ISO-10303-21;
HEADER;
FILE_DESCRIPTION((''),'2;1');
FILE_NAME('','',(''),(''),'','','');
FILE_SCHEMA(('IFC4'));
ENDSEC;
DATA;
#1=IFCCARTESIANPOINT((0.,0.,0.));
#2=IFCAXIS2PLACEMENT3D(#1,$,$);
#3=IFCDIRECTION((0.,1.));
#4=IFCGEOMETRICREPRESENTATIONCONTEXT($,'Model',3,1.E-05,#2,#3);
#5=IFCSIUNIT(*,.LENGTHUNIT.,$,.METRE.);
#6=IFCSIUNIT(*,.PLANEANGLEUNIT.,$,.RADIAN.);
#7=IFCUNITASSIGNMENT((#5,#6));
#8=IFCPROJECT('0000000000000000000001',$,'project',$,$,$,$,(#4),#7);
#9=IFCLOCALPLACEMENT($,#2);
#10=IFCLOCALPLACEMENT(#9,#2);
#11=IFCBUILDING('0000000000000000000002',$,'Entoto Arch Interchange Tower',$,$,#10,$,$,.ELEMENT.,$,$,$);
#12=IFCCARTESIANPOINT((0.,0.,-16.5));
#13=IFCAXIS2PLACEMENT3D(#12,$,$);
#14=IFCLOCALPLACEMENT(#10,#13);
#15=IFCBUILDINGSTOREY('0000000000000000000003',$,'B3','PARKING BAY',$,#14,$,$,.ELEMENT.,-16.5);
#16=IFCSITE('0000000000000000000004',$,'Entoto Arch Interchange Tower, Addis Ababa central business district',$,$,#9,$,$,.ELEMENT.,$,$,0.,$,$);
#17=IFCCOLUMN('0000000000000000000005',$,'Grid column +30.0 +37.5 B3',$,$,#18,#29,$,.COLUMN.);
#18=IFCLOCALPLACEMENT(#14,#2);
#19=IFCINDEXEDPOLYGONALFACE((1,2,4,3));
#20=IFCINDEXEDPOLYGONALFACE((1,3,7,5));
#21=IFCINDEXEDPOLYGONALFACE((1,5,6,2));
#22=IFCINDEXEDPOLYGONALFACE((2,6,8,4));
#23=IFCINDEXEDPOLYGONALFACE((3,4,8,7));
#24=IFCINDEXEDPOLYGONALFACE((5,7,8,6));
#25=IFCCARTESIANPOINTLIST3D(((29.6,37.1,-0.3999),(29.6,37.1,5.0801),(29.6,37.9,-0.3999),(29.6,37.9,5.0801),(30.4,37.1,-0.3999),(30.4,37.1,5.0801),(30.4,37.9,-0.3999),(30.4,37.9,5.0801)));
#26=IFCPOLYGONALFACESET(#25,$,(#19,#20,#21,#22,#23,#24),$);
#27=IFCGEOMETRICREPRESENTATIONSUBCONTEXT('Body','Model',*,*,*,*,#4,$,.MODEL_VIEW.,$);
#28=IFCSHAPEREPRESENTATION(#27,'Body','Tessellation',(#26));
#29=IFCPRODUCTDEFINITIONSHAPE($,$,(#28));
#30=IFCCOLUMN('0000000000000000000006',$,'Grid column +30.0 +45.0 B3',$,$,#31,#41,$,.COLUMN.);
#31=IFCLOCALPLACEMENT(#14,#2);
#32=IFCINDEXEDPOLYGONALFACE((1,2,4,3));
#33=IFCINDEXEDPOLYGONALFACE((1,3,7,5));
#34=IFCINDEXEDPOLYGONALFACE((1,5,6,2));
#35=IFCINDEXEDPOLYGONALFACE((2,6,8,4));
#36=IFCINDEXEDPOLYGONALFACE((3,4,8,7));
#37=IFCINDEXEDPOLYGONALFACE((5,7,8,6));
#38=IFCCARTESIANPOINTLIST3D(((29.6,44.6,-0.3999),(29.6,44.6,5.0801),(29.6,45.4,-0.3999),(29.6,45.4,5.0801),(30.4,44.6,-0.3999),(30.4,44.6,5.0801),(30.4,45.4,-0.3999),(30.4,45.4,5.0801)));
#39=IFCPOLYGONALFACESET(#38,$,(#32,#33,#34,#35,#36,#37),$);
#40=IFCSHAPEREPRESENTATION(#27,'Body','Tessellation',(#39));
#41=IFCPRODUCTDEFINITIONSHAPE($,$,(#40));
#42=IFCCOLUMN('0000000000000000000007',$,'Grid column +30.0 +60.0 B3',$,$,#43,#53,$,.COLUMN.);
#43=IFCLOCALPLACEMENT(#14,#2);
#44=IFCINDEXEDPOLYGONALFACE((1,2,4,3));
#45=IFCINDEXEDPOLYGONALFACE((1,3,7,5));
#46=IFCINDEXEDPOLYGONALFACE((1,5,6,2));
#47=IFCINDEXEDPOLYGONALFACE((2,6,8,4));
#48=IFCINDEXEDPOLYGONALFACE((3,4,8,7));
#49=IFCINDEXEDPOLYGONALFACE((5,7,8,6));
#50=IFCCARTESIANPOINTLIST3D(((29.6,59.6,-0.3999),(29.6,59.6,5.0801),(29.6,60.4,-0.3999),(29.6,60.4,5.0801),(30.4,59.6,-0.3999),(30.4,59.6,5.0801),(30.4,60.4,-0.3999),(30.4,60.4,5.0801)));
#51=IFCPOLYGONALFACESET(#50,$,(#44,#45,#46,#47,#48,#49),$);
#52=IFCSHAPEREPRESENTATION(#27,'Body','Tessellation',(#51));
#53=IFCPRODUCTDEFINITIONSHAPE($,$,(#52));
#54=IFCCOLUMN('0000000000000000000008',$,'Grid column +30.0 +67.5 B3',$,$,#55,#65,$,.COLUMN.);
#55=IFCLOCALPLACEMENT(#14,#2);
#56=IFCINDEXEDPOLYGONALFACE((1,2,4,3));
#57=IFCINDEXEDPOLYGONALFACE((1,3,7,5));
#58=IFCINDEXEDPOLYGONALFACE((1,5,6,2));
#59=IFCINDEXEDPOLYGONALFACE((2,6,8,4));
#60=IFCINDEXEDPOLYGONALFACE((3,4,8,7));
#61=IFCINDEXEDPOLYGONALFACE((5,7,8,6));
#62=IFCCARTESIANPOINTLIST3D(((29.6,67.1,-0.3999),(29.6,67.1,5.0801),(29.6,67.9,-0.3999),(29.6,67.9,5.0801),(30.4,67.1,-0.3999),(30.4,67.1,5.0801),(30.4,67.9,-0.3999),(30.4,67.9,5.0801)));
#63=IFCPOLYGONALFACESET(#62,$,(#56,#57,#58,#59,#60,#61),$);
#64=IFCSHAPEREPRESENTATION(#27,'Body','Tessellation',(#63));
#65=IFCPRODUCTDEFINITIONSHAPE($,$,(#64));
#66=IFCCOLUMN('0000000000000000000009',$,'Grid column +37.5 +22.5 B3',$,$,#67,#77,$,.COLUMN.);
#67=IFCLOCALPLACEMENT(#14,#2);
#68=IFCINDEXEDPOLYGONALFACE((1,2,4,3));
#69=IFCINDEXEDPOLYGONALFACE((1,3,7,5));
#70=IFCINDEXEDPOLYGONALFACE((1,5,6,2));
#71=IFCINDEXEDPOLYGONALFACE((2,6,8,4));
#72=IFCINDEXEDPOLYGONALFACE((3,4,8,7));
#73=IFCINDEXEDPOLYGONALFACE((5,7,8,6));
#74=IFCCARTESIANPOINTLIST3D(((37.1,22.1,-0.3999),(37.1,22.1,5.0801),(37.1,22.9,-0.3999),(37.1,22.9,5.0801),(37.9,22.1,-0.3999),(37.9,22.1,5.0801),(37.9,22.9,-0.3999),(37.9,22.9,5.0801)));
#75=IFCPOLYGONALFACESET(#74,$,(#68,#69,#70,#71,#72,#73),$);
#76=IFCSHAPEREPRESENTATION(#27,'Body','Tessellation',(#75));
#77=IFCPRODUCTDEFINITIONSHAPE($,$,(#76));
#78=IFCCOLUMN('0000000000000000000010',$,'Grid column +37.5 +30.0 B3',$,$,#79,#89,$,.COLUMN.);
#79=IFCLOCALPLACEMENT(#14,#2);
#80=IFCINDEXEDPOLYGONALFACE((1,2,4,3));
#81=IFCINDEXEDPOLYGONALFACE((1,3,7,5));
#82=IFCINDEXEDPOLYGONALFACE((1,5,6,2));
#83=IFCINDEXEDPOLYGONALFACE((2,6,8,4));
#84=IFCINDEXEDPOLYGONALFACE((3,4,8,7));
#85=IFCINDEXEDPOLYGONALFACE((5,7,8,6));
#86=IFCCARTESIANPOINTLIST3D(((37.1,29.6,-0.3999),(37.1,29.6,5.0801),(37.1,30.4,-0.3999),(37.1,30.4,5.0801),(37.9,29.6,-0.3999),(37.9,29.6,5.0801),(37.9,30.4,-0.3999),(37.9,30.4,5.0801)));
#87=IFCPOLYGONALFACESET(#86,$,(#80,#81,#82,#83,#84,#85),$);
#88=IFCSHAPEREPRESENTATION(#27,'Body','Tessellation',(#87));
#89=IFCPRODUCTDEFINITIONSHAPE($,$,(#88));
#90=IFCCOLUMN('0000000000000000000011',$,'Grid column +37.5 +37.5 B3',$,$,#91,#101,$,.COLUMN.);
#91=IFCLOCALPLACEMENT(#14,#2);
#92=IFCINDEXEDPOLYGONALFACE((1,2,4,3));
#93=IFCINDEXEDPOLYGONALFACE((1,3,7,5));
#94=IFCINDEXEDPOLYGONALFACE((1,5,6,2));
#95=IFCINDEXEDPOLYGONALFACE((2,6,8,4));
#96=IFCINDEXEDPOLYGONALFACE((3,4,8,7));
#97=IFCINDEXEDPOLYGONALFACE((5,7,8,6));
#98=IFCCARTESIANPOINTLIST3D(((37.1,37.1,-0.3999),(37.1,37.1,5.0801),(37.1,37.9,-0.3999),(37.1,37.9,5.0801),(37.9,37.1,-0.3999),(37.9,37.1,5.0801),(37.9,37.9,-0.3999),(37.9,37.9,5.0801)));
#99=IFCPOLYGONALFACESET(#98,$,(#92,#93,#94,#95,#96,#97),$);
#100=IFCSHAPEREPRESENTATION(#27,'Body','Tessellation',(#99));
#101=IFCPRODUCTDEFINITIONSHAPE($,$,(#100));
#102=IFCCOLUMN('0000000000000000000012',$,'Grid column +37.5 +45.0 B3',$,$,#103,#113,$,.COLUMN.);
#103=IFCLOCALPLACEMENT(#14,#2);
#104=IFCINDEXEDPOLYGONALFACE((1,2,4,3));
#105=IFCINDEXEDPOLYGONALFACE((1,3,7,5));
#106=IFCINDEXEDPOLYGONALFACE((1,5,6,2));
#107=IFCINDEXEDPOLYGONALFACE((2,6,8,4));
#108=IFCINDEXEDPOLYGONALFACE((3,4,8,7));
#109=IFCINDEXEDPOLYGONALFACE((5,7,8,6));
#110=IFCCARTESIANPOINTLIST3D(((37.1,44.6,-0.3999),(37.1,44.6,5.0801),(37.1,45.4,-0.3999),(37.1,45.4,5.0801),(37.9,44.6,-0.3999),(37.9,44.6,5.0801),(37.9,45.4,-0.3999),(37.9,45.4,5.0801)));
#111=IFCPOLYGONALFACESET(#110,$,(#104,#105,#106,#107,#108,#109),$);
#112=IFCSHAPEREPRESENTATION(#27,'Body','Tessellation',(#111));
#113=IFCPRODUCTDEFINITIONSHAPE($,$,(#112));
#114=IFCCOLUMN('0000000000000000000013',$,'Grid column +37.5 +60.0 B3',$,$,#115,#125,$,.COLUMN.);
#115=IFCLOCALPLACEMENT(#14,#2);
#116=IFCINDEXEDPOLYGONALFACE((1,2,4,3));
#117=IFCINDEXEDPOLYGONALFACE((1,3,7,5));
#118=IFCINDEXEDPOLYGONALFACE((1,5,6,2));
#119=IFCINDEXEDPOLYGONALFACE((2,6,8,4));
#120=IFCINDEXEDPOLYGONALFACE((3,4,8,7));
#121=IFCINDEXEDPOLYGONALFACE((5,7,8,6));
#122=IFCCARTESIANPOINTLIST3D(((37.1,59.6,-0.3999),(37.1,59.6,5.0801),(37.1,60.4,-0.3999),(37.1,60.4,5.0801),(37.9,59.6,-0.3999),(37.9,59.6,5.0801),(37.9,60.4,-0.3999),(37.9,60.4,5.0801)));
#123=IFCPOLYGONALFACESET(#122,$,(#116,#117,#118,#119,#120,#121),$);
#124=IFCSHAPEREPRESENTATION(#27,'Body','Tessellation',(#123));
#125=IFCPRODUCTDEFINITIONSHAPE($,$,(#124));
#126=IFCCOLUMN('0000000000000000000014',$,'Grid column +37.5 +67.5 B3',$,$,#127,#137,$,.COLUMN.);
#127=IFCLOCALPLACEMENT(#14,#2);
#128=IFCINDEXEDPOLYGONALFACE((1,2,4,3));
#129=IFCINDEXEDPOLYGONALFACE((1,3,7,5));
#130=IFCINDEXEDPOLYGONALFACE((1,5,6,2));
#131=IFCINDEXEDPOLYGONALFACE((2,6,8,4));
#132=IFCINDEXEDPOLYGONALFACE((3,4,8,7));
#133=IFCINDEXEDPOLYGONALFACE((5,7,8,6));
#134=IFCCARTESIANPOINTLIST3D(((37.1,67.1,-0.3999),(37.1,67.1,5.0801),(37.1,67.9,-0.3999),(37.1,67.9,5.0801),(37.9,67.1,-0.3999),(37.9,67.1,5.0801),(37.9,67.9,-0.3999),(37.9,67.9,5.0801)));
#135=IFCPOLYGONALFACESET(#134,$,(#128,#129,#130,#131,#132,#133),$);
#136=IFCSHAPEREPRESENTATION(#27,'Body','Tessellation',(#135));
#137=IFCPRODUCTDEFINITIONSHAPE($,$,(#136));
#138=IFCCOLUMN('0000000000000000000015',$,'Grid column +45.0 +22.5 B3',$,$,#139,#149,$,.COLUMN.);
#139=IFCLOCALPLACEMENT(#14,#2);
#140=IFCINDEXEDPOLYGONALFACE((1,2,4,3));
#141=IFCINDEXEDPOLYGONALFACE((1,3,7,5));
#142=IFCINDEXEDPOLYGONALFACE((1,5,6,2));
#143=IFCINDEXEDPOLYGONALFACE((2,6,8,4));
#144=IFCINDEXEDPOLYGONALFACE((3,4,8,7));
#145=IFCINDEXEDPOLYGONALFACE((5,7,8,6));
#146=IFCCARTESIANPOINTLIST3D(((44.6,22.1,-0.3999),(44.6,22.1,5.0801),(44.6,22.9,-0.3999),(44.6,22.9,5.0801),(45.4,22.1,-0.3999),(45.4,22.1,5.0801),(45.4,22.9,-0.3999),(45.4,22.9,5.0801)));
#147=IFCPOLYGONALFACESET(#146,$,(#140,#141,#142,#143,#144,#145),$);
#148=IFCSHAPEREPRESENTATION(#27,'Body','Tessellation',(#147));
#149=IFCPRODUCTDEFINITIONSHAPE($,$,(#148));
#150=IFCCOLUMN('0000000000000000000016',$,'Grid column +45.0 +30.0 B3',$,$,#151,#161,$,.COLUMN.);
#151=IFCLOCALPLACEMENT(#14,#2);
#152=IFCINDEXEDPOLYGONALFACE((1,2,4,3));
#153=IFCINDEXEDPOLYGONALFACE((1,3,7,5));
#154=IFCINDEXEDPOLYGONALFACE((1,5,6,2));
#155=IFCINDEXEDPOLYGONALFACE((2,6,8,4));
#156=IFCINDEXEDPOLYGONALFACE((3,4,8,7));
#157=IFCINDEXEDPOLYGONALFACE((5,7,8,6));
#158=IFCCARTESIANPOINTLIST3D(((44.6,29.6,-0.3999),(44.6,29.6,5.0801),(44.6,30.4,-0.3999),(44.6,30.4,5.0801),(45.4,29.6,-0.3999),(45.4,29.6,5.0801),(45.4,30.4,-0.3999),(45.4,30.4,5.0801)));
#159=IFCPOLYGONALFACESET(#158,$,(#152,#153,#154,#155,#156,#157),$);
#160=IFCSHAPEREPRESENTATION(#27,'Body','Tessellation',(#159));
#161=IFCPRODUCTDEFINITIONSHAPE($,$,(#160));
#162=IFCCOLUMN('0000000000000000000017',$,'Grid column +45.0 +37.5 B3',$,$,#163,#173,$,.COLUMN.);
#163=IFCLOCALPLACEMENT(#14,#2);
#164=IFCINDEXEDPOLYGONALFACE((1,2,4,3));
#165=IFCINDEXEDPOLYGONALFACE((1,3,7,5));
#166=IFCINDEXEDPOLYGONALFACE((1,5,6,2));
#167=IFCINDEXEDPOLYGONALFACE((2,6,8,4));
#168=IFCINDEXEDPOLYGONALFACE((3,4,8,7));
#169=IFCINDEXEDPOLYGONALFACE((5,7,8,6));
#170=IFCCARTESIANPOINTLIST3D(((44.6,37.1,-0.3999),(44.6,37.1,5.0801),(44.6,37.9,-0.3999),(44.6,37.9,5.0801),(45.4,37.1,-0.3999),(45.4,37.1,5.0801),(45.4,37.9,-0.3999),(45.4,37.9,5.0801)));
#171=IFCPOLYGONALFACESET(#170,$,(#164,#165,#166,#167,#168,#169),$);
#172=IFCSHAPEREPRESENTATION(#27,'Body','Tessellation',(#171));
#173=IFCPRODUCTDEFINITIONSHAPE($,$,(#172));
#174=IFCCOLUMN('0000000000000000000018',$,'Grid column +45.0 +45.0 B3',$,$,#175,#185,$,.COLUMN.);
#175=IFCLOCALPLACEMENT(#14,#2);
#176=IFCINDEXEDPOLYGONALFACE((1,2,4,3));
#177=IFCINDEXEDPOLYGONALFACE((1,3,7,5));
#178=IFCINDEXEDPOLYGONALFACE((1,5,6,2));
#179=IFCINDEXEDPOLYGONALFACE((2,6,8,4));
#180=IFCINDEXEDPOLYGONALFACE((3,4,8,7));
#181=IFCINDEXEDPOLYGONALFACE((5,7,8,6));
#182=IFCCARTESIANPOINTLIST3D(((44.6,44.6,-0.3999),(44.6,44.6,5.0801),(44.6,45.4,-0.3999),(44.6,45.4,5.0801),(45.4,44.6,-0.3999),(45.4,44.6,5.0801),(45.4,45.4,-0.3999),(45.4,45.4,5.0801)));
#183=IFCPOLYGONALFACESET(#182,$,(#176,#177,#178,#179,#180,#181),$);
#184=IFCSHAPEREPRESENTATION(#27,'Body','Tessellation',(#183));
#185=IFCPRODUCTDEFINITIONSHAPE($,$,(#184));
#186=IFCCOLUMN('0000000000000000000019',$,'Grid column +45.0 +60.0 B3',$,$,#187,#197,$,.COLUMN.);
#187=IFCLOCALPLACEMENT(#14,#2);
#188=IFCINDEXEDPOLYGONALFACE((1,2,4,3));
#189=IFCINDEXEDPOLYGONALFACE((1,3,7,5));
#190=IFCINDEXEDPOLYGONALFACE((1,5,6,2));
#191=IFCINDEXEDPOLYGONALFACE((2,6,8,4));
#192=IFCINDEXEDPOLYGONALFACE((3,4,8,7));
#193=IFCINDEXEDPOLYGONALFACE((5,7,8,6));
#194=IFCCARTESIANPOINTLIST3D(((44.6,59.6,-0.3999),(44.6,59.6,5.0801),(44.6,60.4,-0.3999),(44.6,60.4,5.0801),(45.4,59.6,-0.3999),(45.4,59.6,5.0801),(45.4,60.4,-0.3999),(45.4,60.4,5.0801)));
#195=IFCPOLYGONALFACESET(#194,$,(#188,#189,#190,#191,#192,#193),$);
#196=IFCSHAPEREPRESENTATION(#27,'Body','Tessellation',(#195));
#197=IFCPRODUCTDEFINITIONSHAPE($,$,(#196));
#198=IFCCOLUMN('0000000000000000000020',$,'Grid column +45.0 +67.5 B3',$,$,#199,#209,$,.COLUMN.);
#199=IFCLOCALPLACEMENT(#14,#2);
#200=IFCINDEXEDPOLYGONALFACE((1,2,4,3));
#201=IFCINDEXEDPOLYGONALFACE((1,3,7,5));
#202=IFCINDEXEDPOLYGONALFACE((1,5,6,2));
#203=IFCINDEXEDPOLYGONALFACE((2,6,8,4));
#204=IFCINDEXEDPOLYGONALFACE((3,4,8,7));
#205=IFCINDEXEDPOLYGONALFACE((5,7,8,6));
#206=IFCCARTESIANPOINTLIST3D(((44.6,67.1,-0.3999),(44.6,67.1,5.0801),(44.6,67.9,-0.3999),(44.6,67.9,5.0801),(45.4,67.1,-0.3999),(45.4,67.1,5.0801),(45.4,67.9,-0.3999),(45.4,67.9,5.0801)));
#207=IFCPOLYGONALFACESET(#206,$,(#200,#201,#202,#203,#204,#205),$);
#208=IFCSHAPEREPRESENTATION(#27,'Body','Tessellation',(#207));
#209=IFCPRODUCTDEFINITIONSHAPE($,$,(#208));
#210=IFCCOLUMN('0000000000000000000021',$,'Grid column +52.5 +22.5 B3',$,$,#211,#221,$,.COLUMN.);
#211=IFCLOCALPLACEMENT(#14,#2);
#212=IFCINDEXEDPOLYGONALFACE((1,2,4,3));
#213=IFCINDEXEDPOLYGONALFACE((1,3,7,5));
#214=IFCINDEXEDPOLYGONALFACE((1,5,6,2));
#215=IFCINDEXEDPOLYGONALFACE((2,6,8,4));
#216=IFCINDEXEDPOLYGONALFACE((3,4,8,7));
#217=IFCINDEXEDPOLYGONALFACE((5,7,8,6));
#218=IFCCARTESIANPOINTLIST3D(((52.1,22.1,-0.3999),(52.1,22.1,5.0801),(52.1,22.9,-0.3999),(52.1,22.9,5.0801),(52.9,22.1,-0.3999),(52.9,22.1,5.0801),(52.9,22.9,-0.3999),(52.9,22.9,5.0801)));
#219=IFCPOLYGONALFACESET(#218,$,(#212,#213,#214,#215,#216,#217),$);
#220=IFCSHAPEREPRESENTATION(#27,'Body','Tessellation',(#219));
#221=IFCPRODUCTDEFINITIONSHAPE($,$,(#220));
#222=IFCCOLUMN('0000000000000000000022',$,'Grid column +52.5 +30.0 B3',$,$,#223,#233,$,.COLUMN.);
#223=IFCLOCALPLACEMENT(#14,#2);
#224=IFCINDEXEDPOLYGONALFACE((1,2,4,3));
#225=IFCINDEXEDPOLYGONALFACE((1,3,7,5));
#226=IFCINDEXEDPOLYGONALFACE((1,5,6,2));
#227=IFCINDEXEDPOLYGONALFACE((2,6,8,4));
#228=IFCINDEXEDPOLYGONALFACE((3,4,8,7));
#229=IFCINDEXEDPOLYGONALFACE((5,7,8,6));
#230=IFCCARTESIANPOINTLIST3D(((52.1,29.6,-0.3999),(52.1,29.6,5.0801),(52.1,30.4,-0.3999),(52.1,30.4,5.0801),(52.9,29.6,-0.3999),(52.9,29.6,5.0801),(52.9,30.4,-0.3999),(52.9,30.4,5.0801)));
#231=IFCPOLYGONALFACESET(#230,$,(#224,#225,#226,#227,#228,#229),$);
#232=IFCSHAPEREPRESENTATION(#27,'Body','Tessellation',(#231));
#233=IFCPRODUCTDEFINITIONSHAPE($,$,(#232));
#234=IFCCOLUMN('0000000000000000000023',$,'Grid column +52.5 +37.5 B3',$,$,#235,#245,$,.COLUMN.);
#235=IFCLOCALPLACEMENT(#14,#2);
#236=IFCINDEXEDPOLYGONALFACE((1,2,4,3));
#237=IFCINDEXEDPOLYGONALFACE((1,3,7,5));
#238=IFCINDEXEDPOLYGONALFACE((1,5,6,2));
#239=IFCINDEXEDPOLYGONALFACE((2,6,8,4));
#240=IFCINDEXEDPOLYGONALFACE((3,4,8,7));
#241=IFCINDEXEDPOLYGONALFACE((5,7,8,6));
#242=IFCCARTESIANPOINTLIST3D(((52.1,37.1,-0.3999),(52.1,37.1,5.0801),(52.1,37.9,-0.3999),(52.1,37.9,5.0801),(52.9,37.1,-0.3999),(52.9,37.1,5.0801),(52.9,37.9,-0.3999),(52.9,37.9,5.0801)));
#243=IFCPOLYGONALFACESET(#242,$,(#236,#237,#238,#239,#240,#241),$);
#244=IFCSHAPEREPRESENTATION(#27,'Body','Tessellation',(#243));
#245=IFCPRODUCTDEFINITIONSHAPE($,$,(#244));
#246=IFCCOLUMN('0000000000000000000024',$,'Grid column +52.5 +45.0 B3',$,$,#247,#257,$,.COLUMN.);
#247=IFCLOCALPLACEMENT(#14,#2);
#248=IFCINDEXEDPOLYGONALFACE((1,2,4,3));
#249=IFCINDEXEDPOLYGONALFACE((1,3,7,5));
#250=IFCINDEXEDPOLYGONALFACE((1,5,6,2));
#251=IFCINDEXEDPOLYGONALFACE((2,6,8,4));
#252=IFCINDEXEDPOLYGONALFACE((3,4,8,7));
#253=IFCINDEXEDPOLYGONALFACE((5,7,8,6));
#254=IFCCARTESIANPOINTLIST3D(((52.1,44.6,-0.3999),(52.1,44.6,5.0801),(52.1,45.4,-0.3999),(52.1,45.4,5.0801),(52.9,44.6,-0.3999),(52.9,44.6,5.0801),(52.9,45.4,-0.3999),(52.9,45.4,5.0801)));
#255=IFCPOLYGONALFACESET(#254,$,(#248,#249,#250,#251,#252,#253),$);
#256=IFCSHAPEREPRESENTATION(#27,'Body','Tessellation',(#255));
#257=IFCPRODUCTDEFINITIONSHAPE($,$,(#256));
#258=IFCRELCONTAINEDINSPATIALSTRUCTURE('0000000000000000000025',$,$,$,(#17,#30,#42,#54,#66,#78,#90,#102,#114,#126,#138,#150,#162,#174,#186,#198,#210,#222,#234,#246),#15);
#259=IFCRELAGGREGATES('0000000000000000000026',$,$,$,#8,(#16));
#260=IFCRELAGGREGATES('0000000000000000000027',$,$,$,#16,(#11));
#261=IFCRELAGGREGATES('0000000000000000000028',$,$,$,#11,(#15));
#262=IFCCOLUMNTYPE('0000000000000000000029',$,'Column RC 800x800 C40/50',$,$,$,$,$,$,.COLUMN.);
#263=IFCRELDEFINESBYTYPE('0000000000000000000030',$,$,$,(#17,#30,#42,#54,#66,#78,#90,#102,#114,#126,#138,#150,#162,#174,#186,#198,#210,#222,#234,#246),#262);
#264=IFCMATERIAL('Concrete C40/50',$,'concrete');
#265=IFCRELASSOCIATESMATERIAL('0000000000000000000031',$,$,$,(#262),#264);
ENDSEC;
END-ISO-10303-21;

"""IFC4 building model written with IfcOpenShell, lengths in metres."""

from ifc_helpers import new_model, si_unit, direction, frame, origin, origin_2d, place, context, subcontext, project, spatial, rectangle, extrude, material, material_profile, profile_set, type_object, element, save


model = new_model("IFC4")

# Units and contexts
model_context = context("Model", 3, precision=1e-05, world=origin(), true_north=direction((0.0, 1.0)))
body_context = subcontext(model_context, "Body", "Model", "MODEL_VIEW")
ifc_project = project(units=[si_unit("LENGTHUNIT", "METRE"), si_unit("PLANEANGLEUNIT", "RADIAN")], contexts=[model_context])

# Site, building, storey
site_placement = place(None, origin())
site = spatial("IfcSite", under=ifc_project, at=site_placement, Name="Entoto Arch Interchange Tower, Addis Ababa central business district", CompositionType="ELEMENT", RefElevation=0.0)
building_placement = place(site_placement, origin())
building = spatial("IfcBuilding", under=site, at=building_placement, Name="Entoto Arch Interchange Tower", CompositionType="ELEMENT")
storey_placement = place(building_placement, frame((0.0, 0.0, -16.5)))
storey = spatial("IfcBuildingStorey", under=building, at=storey_placement, Name="B3", Description="PARKING BAY", CompositionType="ELEMENT", Elevation=-16.5)

# Columns
ifc_material_1 = material(Name="Concrete C40/50", Category="concrete")
ifc_material_profile_1 = material_profile(ifc_material_1, rectangle(XDim=0.8, YDim=0.8, at=origin_2d()))
ifc_profile_set_1 = profile_set([ifc_material_profile_1], Name="Concrete C40/50")
column_type_1 = type_object("IfcColumnType", Name="Column RC 800x800 C40/50", PredefinedType="COLUMN", material=ifc_profile_set_1)
for number, where, z_axis, x_axis, name in (
    (1, (30.0, 37.5, -0.3999), (0.0, 0.0, 1.0), (1.0, 0.0, 0.0), "Grid column +30.0 +37.5 B3"),
    (2, (30.0, 45.0, -0.3999), (0.0, 0.0, 1.0), (1.0, 0.0, 0.0), "Grid column +30.0 +45.0 B3"),
    (3, (30.0, 60.0, -0.3999), (0.0, 0.0, 1.0), (1.0, 0.0, 0.0), "Grid column +30.0 +60.0 B3"),
    (4, (30.0, 67.5, -0.3999), (0.0, 0.0, 1.0), (1.0, 0.0, 0.0), "Grid column +30.0 +67.5 B3"),
    (5, (37.5, 22.5, -0.3999), (0.0, 0.0, 1.0), (1.0, 0.0, 0.0), "Grid column +37.5 +22.5 B3"),
    (6, (37.5, 30.0, -0.3999), (0.0, 0.0, 1.0), (1.0, 0.0, 0.0), "Grid column +37.5 +30.0 B3"),
    (7, (37.5, 37.5, -0.3999), (0.0, 0.0, 1.0), (1.0, 0.0, 0.0), "Grid column +37.5 +37.5 B3"),
    (8, (37.5, 45.0, -0.3999), (0.0, 0.0, 1.0), (1.0, 0.0, 0.0), "Grid column +37.5 +45.0 B3"),
    (9, (37.5, 60.0, -0.3999), (0.0, 0.0, 1.0), (1.0, 0.0, 0.0), "Grid column +37.5 +60.0 B3"),
    (10, (37.5, 67.5, -0.3999), (0.0, 0.0, 1.0), (1.0, 0.0, 0.0), "Grid column +37.5 +67.5 B3"),
    (11, (45.0, 22.5, -0.3999), (0.0, 0.0, 1.0), (1.0, 0.0, 0.0), "Grid column +45.0 +22.5 B3"),
    (12, (45.0, 30.0, -0.3999), (0.0, 0.0, 1.0), (1.0, 0.0, 0.0), "Grid column +45.0 +30.0 B3"),
    (13, (45.0, 37.5, -0.3999), (0.0, 0.0, 1.0), (1.0, 0.0, 0.0), "Grid column +45.0 +37.5 B3"),
    (14, (45.0, 45.0, -0.3999), (0.0, 0.0, 1.0), (1.0, 0.0, 0.0), "Grid column +45.0 +45.0 B3"),
    (15, (45.0, 60.0, -0.3999), (0.0, 0.0, 1.0), (1.0, 0.0, 0.0), "Grid column +45.0 +60.0 B3"),
    (16, (45.0, 67.5, -0.3999), (0.0, 0.0, 1.0), (1.0, 0.0, 0.0), "Grid column +45.0 +67.5 B3"),
    (17, (52.5, 22.5, -0.3999), (0.0, 0.0, 1.0), (1.0, 0.0, 0.0), "Grid column +52.5 +22.5 B3"),
    (18, (52.5, 30.0, -0.3999), (0.0, 0.0, 1.0), (1.0, 0.0, 0.0), "Grid column +52.5 +30.0 B3"),
    (19, (52.5, 37.5, -0.3999), (0.0, 0.0, 1.0), (1.0, 0.0, 0.0), "Grid column +52.5 +37.5 B3"),
    (20, (52.5, 45.0, -0.3999), (0.0, 0.0, 1.0), (1.0, 0.0, 0.0), "Grid column +52.5 +45.0 B3"),
):
    element("IfcColumn", number, at=place(storey_placement, frame(where, z_axis=z_axis, x_axis=x_axis)), inside=storey, type_object=column_type_1, Name=name, PredefinedType="COLUMN", context=body_context, shape_type="SweptSolid", body=[
        extrude(rectangle(XDim=0.8, YDim=0.8, at=origin_2d()), origin(), (0.0, 0.0, 1.0), 5.48),
    ])

save(model, "model.ifc")
